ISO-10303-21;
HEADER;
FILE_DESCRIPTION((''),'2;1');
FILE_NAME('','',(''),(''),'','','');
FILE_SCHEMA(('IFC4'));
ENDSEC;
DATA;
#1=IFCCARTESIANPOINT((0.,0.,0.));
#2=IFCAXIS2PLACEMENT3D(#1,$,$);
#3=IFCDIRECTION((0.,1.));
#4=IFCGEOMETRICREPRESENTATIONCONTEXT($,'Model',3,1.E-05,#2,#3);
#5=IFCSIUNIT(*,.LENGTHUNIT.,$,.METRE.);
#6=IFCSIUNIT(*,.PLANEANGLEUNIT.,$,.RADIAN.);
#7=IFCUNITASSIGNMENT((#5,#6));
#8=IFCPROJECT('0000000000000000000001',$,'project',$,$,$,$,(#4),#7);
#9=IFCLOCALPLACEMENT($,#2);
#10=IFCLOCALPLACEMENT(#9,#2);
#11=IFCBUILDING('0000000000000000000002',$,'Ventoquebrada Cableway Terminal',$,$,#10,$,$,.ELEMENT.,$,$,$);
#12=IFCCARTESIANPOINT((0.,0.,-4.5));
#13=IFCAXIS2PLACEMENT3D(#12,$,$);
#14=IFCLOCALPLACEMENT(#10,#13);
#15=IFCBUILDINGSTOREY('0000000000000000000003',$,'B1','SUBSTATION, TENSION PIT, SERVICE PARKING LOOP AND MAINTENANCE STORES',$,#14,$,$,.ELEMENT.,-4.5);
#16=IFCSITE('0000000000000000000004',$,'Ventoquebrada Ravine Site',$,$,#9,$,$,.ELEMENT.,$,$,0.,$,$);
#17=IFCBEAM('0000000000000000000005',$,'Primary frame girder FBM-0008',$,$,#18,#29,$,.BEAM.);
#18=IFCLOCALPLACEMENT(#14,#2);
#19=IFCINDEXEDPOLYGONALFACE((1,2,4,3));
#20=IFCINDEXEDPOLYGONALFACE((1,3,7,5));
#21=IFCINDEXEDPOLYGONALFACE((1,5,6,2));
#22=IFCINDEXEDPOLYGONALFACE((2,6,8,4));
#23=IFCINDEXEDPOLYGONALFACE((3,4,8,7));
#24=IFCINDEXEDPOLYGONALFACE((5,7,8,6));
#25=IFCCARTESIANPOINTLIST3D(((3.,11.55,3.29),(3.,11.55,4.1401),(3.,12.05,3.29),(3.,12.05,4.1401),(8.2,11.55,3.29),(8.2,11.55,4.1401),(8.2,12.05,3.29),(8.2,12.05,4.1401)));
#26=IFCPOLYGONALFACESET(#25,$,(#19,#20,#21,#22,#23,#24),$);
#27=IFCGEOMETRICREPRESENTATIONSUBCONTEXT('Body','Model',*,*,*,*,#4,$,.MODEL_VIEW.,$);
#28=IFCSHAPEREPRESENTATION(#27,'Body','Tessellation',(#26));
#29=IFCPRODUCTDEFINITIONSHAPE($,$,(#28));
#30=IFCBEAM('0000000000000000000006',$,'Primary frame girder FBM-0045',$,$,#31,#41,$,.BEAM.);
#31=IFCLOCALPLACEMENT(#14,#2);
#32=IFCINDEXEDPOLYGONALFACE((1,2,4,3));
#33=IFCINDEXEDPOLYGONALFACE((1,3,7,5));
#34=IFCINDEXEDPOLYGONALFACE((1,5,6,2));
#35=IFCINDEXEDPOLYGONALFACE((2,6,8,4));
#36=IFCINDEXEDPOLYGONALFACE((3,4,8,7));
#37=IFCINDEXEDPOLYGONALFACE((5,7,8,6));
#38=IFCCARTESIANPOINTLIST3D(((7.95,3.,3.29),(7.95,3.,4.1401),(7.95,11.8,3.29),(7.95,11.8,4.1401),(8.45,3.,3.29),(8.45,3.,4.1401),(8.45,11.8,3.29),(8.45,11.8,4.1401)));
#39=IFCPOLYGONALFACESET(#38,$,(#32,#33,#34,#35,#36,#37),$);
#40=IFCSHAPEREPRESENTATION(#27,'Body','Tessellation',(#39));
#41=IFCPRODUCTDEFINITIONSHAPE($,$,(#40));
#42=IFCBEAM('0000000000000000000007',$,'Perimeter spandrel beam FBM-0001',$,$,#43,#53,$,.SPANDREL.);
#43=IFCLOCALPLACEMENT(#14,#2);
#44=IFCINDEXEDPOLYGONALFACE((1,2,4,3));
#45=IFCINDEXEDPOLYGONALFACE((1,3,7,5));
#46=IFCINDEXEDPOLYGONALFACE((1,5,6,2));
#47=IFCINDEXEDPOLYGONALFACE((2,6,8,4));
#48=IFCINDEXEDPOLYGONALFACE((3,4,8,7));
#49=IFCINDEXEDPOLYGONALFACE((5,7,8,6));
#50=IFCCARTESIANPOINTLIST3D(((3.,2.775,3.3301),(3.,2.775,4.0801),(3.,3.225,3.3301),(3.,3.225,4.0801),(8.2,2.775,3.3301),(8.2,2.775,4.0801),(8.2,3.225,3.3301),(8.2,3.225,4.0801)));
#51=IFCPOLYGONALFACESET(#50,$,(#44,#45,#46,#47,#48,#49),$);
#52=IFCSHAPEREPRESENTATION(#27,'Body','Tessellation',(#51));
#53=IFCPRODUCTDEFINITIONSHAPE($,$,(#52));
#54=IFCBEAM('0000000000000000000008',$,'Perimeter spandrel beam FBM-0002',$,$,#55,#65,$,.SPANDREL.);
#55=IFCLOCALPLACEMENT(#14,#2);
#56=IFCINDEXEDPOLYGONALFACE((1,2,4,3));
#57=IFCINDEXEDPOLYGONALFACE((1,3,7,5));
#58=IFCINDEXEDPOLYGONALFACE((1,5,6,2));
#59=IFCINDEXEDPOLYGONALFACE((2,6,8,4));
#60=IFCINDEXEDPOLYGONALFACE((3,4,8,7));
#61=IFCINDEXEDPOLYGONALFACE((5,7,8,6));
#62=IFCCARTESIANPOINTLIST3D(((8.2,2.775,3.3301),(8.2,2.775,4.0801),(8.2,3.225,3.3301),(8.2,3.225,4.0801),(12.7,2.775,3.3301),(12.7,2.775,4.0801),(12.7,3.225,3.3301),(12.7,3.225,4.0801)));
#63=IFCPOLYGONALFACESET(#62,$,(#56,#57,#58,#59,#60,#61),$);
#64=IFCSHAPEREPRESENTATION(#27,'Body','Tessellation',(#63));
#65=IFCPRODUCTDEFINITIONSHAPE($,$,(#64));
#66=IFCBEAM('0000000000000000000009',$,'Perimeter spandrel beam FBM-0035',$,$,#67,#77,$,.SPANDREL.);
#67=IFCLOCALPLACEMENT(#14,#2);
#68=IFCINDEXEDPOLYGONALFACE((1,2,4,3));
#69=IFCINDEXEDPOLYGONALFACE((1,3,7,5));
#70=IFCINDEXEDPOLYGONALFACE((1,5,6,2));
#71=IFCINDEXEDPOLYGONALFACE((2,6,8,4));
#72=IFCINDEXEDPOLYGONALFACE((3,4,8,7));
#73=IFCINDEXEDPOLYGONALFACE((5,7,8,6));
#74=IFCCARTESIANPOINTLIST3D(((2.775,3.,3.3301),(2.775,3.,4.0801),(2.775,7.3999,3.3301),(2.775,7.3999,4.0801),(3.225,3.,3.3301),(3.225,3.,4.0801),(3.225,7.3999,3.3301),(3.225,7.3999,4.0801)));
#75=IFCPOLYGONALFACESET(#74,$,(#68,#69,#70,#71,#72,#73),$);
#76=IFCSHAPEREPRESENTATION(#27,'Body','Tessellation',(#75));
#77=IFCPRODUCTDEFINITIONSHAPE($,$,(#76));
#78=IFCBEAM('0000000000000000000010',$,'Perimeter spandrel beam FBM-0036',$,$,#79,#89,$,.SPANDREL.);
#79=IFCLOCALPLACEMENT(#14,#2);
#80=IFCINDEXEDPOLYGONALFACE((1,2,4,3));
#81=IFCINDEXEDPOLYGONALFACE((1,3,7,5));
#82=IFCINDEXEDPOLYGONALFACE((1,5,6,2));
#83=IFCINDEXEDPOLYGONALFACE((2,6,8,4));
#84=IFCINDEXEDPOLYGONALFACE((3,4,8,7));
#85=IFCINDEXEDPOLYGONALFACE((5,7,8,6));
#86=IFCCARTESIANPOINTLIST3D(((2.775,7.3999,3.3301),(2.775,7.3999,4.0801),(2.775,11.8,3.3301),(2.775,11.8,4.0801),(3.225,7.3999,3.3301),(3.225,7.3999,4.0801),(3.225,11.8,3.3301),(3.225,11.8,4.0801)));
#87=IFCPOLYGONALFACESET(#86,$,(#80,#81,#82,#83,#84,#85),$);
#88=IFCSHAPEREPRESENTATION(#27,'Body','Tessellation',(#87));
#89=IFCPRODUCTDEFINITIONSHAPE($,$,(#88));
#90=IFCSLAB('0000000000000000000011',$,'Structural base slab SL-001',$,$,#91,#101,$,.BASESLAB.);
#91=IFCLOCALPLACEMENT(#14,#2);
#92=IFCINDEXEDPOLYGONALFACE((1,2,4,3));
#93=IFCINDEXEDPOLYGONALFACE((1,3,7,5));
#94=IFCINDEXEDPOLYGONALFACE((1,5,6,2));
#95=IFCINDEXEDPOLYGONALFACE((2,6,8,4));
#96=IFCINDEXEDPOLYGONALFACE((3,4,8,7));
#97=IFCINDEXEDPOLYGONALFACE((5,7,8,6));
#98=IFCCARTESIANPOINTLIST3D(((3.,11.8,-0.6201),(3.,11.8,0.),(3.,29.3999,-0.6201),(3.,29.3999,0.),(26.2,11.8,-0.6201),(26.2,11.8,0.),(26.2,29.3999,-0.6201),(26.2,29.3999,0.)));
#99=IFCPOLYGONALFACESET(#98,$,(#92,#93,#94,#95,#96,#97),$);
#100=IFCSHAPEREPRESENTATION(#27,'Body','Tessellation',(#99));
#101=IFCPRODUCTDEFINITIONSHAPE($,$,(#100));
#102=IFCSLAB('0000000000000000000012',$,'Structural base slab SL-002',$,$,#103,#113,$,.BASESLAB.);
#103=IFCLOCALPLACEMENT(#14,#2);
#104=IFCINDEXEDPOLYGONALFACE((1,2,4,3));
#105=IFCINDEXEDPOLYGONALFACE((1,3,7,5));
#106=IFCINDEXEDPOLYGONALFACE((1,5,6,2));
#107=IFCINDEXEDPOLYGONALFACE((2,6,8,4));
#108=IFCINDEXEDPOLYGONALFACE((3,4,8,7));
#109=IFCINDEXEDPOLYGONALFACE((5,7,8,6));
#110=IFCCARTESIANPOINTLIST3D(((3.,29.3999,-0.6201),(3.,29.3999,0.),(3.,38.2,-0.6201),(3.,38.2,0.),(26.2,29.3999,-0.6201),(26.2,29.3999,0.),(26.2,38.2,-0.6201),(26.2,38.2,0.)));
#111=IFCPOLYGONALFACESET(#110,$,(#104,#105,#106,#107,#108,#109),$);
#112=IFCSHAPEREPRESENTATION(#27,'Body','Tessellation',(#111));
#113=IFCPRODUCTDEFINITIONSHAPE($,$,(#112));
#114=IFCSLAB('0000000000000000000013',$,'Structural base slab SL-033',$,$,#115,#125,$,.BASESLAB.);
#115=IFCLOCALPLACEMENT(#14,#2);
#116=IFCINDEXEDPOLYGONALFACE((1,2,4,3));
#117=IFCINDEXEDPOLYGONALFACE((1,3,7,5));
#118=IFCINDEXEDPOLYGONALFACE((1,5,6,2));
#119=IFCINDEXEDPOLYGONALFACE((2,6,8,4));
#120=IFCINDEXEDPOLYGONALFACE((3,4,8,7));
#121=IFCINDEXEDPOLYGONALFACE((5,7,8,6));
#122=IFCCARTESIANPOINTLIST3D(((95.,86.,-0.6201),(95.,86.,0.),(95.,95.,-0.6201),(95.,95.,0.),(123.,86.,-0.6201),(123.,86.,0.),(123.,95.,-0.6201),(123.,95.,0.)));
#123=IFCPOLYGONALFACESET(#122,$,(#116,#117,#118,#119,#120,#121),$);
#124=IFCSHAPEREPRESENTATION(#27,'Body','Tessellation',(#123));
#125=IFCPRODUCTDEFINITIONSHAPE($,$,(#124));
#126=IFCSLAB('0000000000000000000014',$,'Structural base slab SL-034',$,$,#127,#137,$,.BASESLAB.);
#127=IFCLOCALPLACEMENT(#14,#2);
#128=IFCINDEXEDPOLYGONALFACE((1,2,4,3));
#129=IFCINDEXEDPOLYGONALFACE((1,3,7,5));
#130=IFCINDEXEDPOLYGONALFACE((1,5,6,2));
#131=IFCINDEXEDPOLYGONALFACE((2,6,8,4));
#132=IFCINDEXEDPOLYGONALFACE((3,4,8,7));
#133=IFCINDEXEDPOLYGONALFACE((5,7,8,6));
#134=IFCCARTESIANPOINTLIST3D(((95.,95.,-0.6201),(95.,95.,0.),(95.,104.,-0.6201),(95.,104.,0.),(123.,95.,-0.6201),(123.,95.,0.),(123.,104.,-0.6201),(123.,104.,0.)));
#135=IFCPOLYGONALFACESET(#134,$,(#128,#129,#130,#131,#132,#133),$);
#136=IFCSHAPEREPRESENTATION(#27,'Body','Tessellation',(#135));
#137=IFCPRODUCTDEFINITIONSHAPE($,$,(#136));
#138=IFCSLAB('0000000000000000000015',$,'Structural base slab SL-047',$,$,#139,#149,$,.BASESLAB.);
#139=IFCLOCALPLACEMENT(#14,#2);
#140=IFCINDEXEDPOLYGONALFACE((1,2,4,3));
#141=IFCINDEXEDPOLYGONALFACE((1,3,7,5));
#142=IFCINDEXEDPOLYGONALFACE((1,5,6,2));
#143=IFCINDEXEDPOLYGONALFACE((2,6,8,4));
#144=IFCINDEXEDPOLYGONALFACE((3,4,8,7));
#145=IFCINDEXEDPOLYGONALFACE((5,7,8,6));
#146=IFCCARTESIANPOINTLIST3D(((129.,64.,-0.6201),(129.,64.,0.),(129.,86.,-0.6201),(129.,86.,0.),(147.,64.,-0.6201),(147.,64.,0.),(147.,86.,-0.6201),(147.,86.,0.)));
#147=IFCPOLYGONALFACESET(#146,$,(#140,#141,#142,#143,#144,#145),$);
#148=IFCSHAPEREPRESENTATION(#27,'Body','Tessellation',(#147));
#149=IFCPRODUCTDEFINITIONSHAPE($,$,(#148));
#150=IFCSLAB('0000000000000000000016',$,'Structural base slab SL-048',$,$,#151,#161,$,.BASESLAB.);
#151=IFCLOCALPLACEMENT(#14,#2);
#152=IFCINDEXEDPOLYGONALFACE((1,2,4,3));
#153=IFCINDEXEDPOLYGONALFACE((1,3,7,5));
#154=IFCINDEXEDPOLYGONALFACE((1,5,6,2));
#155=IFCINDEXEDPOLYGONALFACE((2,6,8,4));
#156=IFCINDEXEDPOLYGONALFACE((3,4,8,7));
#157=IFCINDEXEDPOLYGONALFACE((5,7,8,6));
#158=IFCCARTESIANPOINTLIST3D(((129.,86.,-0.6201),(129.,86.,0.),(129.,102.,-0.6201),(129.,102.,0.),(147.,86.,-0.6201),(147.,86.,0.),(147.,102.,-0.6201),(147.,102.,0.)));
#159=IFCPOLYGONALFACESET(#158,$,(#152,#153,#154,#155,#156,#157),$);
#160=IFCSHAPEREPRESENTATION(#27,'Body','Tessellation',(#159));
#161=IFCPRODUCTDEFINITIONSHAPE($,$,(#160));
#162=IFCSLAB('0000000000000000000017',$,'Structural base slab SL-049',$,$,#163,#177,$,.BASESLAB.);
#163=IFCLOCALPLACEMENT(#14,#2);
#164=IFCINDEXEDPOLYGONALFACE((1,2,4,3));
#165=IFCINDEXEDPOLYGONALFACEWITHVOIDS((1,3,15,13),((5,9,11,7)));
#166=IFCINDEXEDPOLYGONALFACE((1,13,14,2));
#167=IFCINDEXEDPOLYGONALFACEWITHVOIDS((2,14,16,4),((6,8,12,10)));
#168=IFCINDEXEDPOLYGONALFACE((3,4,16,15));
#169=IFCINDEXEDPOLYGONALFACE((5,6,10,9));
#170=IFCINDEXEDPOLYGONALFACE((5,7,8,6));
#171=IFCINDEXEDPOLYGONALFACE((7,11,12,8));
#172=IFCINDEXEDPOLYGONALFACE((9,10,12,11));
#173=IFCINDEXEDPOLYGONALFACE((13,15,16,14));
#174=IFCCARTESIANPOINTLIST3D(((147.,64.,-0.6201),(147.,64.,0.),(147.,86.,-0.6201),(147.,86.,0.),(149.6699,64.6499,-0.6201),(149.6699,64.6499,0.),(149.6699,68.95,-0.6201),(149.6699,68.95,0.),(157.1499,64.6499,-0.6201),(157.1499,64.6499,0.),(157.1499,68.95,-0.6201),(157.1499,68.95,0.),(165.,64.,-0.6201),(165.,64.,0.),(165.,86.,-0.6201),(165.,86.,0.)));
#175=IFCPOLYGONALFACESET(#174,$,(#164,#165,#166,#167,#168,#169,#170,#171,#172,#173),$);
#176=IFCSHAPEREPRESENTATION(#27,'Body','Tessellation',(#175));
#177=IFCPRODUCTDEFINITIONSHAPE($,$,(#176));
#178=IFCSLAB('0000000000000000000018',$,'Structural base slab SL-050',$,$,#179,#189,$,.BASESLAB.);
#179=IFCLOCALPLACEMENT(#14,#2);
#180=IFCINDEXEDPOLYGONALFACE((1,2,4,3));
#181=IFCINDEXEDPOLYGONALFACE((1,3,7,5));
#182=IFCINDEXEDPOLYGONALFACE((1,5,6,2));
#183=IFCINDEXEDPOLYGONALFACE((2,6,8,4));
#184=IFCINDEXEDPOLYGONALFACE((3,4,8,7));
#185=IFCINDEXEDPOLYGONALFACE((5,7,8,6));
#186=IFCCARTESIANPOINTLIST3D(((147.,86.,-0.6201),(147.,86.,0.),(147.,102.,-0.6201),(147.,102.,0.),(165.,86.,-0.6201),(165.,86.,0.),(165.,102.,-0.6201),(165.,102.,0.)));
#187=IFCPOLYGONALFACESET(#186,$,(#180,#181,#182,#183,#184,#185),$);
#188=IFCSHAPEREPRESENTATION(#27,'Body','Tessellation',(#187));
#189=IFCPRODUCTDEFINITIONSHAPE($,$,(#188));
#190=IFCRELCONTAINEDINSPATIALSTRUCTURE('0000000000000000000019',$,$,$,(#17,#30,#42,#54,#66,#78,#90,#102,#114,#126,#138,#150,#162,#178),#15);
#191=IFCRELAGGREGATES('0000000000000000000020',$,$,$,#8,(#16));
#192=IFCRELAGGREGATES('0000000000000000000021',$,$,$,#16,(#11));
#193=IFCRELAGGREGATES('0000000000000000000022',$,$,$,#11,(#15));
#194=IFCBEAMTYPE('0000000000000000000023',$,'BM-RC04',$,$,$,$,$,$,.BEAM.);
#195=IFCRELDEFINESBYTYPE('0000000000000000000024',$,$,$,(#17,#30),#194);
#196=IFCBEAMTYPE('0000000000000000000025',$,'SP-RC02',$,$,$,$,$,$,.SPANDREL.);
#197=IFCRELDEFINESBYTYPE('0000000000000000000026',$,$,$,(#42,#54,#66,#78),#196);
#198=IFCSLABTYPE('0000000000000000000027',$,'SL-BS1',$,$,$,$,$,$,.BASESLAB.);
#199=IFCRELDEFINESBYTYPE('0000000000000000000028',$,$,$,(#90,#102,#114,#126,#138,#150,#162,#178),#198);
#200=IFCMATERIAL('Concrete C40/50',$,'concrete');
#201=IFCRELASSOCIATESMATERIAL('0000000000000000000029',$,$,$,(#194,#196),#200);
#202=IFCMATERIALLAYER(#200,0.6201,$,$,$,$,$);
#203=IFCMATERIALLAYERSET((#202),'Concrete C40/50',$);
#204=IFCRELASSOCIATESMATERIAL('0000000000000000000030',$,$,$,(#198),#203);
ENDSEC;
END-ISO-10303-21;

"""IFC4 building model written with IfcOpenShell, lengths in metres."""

from ifc_helpers import new_model, si_unit, direction, frame, origin, origin_2d, place, context, subcontext, project, spatial, polyline, rectangle, outline, extrude, material, layer, layer_set, material_profile, profile_set, type_object, element, save


model = new_model("IFC4")

# Units and contexts
model_context = context("Model", 3, precision=1e-05, world=origin(), true_north=direction((0.0, 1.0)))
body_context = subcontext(model_context, "Body", "Model", "MODEL_VIEW")
ifc_project = project(units=[si_unit("LENGTHUNIT", "METRE"), si_unit("PLANEANGLEUNIT", "RADIAN")], contexts=[model_context])

# Site, building, storey
site_placement = place(None, origin())
site = spatial("IfcSite", under=ifc_project, at=site_placement, Name="Ventoquebrada Ravine Site", CompositionType="ELEMENT", RefElevation=0.0)
building_placement = place(site_placement, origin())
building = spatial("IfcBuilding", under=site, at=building_placement, Name="Ventoquebrada Cableway Terminal", CompositionType="ELEMENT")
storey_placement = place(building_placement, frame((0.0, 0.0, -4.5)))
storey = spatial("IfcBuildingStorey", under=building, at=storey_placement, Name="B1", Description="SUBSTATION, TENSION PIT, SERVICE PARKING LOOP AND MAINTENANCE STORES", CompositionType="ELEMENT", Elevation=-4.5)

# Shared definitions
ifc_material = material(Name="Concrete C40/50", Category="concrete")

# Beams
ifc_material_profile_1 = material_profile(ifc_material, rectangle(XDim=0.5, YDim=0.8501, at=origin_2d()), Name="RC-BM-500X850")
ifc_profile_set_1 = profile_set([ifc_material_profile_1], Name="Concrete C40/50")
beam_type_1 = type_object("IfcBeamType", Name="BM-RC04", PredefinedType="BEAM", material=ifc_profile_set_1)
beam_1_placement = place(storey_placement, frame((3.0, 11.8, 3.7151), z_axis=(1.0, 0.0, 0.0), x_axis=(0.0, 1.0, 0.0)))
element("IfcBeam", 1, at=beam_1_placement, inside=storey, type_object=beam_type_1, Name="Primary frame girder FBM-0008", PredefinedType="BEAM", context=body_context, shape_type="SweptSolid", body=[
    extrude(rectangle(XDim=0.5, YDim=0.8501, at=origin_2d()), origin(), (0.0, 0.0, 1.0), 5.2),
])
beam_2_placement = place(storey_placement, frame((8.2, 3.0, 3.7151), z_axis=(0.0, 1.0, 0.0), x_axis=(-1.0, 0.0, 0.0)))
element("IfcBeam", 2, at=beam_2_placement, inside=storey, type_object=beam_type_1, Name="Primary frame girder FBM-0045", PredefinedType="BEAM", context=body_context, shape_type="SweptSolid", body=[
    extrude(rectangle(XDim=0.5, YDim=0.8501, at=origin_2d()), origin(), (0.0, 0.0, 1.0), 8.8),
])
ifc_material_profile_2 = material_profile(ifc_material, rectangle(XDim=0.45, YDim=0.75, at=origin_2d()), Name="RC-BM-450X750")
ifc_profile_set_2 = profile_set([ifc_material_profile_2], Name="Concrete C40/50")
beam_type_2 = type_object("IfcBeamType", Name="SP-RC02", PredefinedType="SPANDREL", material=ifc_profile_set_2)
beam_3_placement = place(storey_placement, frame((3.0, 3.0, 3.7051), z_axis=(1.0, 0.0, 0.0), x_axis=(0.0, 1.0, 0.0)))
element("IfcBeam", 3, at=beam_3_placement, inside=storey, type_object=beam_type_2, Name="Perimeter spandrel beam FBM-0001", PredefinedType="SPANDREL", context=body_context, shape_type="SweptSolid", body=[
    extrude(rectangle(XDim=0.45, YDim=0.75, at=origin_2d()), origin(), (0.0, 0.0, 1.0), 5.2),
])
beam_4_placement = place(storey_placement, frame((8.2, 3.0, 3.7051), z_axis=(1.0, 0.0, 0.0), x_axis=(0.0, 1.0, 0.0)))
element("IfcBeam", 4, at=beam_4_placement, inside=storey, type_object=beam_type_2, Name="Perimeter spandrel beam FBM-0002", PredefinedType="SPANDREL", context=body_context, shape_type="SweptSolid", body=[
    extrude(rectangle(XDim=0.45, YDim=0.75, at=origin_2d()), origin(), (0.0, 0.0, 1.0), 4.5),
])
beam_5_placement = place(storey_placement, frame((3.0, 3.0, 3.7051), z_axis=(0.0, 1.0, 0.0), x_axis=(-1.0, 0.0, 0.0)))
element("IfcBeam", 5, at=beam_5_placement, inside=storey, type_object=beam_type_2, Name="Perimeter spandrel beam FBM-0035", PredefinedType="SPANDREL", context=body_context, shape_type="SweptSolid", body=[
    extrude(rectangle(XDim=0.45, YDim=0.75, at=origin_2d()), origin(), (0.0, 0.0, 1.0), 4.3999),
])
beam_6_placement = place(storey_placement, frame((3.0, 7.3999, 3.7051), z_axis=(0.0, 1.0, 0.0), x_axis=(-1.0, 0.0, 0.0)))
element("IfcBeam", 6, at=beam_6_placement, inside=storey, type_object=beam_type_2, Name="Perimeter spandrel beam FBM-0036", PredefinedType="SPANDREL", context=body_context, shape_type="SweptSolid", body=[
    extrude(rectangle(XDim=0.45, YDim=0.75, at=origin_2d()), origin(), (0.0, 0.0, 1.0), 4.4001),
])

# Slabs
ifc_layer_1 = layer(ifc_material, 0.6201)
ifc_layer_set_1 = layer_set([ifc_layer_1], Name="Concrete C40/50")
slab_type_1 = type_object("IfcSlabType", Name="SL-BS1", PredefinedType="BASESLAB", material=ifc_layer_set_1)
slab_1_placement = place(storey_placement, frame((0.0, 0.0, -0.6201)))
element("IfcSlab", 7, at=slab_1_placement, inside=storey, type_object=slab_type_1, Name="Structural base slab SL-001", PredefinedType="BASESLAB", context=body_context, shape_type="SweptSolid", body=[
    extrude(outline(polyline([(26.2, 11.8), (26.2, 29.3999), (3.0, 29.3999), (3.0, 11.8), (26.2, 11.8)])), origin(), (0.0, 0.0, 1.0), 0.6201),
])
slab_2_placement = place(storey_placement, frame((0.0, 0.0, -0.6201)))
element("IfcSlab", 8, at=slab_2_placement, inside=storey, type_object=slab_type_1, Name="Structural base slab SL-002", PredefinedType="BASESLAB", context=body_context, shape_type="SweptSolid", body=[
    extrude(outline(polyline([(26.2, 29.3999), (26.2, 38.2), (3.0, 38.2), (3.0, 29.3999), (26.2, 29.3999)])), origin(), (0.0, 0.0, 1.0), 0.6201),
])
slab_3_placement = place(storey_placement, frame((0.0, 0.0, -0.6201)))
element("IfcSlab", 9, at=slab_3_placement, inside=storey, type_object=slab_type_1, Name="Structural base slab SL-033", PredefinedType="BASESLAB", context=body_context, shape_type="SweptSolid", body=[
    extrude(outline(polyline([(123.0, 86.0), (123.0, 95.0), (95.0, 95.0), (95.0, 86.0), (123.0, 86.0)])), origin(), (0.0, 0.0, 1.0), 0.6201),
])
slab_4_placement = place(storey_placement, frame((0.0, 0.0, -0.6201)))
element("IfcSlab", 10, at=slab_4_placement, inside=storey, type_object=slab_type_1, Name="Structural base slab SL-034", PredefinedType="BASESLAB", context=body_context, shape_type="SweptSolid", body=[
    extrude(outline(polyline([(123.0, 95.0), (123.0, 104.0), (95.0, 104.0), (95.0, 95.0), (123.0, 95.0)])), origin(), (0.0, 0.0, 1.0), 0.6201),
])
slab_5_placement = place(storey_placement, frame((0.0, 0.0, -0.6201)))
element("IfcSlab", 11, at=slab_5_placement, inside=storey, type_object=slab_type_1, Name="Structural base slab SL-047", PredefinedType="BASESLAB", context=body_context, shape_type="SweptSolid", body=[
    extrude(outline(polyline([(147.0, 64.0), (147.0, 86.0), (129.0, 86.0), (129.0, 64.0), (147.0, 64.0)])), origin(), (0.0, 0.0, 1.0), 0.6201),
])
slab_6_placement = place(storey_placement, frame((0.0, 0.0, -0.6201)))
element("IfcSlab", 12, at=slab_6_placement, inside=storey, type_object=slab_type_1, Name="Structural base slab SL-048", PredefinedType="BASESLAB", context=body_context, shape_type="SweptSolid", body=[
    extrude(outline(polyline([(147.0, 86.0), (147.0, 102.0), (129.0, 102.0), (129.0, 86.0), (147.0, 86.0)])), origin(), (0.0, 0.0, 1.0), 0.6201),
])
slab_7_placement = place(storey_placement, frame((0.0, 0.0, -0.6201)))
element("IfcSlab", 13, at=slab_7_placement, inside=storey, type_object=slab_type_1, Name="Structural base slab SL-049", PredefinedType="BASESLAB", context=body_context, shape_type="SweptSolid", body=[
    extrude(outline(polyline([(165.0, 64.0), (165.0, 86.0), (147.0, 86.0), (147.0, 64.0), (165.0, 64.0)]), holes=[polyline([(157.1499, 64.6499), (149.6699, 64.6499), (149.6699, 68.95), (157.1499, 68.95), (157.1499, 64.6499)])]), origin(), (0.0, 0.0, 1.0), 0.6201),
])
slab_8_placement = place(storey_placement, frame((0.0, 0.0, -0.6201)))
element("IfcSlab", 14, at=slab_8_placement, inside=storey, type_object=slab_type_1, Name="Structural base slab SL-050", PredefinedType="BASESLAB", context=body_context, shape_type="SweptSolid", body=[
    extrude(outline(polyline([(165.0, 86.0), (165.0, 102.0), (147.0, 102.0), (147.0, 86.0), (165.0, 86.0)])), origin(), (0.0, 0.0, 1.0), 0.6201),
])

save(model, "model.ifc")
